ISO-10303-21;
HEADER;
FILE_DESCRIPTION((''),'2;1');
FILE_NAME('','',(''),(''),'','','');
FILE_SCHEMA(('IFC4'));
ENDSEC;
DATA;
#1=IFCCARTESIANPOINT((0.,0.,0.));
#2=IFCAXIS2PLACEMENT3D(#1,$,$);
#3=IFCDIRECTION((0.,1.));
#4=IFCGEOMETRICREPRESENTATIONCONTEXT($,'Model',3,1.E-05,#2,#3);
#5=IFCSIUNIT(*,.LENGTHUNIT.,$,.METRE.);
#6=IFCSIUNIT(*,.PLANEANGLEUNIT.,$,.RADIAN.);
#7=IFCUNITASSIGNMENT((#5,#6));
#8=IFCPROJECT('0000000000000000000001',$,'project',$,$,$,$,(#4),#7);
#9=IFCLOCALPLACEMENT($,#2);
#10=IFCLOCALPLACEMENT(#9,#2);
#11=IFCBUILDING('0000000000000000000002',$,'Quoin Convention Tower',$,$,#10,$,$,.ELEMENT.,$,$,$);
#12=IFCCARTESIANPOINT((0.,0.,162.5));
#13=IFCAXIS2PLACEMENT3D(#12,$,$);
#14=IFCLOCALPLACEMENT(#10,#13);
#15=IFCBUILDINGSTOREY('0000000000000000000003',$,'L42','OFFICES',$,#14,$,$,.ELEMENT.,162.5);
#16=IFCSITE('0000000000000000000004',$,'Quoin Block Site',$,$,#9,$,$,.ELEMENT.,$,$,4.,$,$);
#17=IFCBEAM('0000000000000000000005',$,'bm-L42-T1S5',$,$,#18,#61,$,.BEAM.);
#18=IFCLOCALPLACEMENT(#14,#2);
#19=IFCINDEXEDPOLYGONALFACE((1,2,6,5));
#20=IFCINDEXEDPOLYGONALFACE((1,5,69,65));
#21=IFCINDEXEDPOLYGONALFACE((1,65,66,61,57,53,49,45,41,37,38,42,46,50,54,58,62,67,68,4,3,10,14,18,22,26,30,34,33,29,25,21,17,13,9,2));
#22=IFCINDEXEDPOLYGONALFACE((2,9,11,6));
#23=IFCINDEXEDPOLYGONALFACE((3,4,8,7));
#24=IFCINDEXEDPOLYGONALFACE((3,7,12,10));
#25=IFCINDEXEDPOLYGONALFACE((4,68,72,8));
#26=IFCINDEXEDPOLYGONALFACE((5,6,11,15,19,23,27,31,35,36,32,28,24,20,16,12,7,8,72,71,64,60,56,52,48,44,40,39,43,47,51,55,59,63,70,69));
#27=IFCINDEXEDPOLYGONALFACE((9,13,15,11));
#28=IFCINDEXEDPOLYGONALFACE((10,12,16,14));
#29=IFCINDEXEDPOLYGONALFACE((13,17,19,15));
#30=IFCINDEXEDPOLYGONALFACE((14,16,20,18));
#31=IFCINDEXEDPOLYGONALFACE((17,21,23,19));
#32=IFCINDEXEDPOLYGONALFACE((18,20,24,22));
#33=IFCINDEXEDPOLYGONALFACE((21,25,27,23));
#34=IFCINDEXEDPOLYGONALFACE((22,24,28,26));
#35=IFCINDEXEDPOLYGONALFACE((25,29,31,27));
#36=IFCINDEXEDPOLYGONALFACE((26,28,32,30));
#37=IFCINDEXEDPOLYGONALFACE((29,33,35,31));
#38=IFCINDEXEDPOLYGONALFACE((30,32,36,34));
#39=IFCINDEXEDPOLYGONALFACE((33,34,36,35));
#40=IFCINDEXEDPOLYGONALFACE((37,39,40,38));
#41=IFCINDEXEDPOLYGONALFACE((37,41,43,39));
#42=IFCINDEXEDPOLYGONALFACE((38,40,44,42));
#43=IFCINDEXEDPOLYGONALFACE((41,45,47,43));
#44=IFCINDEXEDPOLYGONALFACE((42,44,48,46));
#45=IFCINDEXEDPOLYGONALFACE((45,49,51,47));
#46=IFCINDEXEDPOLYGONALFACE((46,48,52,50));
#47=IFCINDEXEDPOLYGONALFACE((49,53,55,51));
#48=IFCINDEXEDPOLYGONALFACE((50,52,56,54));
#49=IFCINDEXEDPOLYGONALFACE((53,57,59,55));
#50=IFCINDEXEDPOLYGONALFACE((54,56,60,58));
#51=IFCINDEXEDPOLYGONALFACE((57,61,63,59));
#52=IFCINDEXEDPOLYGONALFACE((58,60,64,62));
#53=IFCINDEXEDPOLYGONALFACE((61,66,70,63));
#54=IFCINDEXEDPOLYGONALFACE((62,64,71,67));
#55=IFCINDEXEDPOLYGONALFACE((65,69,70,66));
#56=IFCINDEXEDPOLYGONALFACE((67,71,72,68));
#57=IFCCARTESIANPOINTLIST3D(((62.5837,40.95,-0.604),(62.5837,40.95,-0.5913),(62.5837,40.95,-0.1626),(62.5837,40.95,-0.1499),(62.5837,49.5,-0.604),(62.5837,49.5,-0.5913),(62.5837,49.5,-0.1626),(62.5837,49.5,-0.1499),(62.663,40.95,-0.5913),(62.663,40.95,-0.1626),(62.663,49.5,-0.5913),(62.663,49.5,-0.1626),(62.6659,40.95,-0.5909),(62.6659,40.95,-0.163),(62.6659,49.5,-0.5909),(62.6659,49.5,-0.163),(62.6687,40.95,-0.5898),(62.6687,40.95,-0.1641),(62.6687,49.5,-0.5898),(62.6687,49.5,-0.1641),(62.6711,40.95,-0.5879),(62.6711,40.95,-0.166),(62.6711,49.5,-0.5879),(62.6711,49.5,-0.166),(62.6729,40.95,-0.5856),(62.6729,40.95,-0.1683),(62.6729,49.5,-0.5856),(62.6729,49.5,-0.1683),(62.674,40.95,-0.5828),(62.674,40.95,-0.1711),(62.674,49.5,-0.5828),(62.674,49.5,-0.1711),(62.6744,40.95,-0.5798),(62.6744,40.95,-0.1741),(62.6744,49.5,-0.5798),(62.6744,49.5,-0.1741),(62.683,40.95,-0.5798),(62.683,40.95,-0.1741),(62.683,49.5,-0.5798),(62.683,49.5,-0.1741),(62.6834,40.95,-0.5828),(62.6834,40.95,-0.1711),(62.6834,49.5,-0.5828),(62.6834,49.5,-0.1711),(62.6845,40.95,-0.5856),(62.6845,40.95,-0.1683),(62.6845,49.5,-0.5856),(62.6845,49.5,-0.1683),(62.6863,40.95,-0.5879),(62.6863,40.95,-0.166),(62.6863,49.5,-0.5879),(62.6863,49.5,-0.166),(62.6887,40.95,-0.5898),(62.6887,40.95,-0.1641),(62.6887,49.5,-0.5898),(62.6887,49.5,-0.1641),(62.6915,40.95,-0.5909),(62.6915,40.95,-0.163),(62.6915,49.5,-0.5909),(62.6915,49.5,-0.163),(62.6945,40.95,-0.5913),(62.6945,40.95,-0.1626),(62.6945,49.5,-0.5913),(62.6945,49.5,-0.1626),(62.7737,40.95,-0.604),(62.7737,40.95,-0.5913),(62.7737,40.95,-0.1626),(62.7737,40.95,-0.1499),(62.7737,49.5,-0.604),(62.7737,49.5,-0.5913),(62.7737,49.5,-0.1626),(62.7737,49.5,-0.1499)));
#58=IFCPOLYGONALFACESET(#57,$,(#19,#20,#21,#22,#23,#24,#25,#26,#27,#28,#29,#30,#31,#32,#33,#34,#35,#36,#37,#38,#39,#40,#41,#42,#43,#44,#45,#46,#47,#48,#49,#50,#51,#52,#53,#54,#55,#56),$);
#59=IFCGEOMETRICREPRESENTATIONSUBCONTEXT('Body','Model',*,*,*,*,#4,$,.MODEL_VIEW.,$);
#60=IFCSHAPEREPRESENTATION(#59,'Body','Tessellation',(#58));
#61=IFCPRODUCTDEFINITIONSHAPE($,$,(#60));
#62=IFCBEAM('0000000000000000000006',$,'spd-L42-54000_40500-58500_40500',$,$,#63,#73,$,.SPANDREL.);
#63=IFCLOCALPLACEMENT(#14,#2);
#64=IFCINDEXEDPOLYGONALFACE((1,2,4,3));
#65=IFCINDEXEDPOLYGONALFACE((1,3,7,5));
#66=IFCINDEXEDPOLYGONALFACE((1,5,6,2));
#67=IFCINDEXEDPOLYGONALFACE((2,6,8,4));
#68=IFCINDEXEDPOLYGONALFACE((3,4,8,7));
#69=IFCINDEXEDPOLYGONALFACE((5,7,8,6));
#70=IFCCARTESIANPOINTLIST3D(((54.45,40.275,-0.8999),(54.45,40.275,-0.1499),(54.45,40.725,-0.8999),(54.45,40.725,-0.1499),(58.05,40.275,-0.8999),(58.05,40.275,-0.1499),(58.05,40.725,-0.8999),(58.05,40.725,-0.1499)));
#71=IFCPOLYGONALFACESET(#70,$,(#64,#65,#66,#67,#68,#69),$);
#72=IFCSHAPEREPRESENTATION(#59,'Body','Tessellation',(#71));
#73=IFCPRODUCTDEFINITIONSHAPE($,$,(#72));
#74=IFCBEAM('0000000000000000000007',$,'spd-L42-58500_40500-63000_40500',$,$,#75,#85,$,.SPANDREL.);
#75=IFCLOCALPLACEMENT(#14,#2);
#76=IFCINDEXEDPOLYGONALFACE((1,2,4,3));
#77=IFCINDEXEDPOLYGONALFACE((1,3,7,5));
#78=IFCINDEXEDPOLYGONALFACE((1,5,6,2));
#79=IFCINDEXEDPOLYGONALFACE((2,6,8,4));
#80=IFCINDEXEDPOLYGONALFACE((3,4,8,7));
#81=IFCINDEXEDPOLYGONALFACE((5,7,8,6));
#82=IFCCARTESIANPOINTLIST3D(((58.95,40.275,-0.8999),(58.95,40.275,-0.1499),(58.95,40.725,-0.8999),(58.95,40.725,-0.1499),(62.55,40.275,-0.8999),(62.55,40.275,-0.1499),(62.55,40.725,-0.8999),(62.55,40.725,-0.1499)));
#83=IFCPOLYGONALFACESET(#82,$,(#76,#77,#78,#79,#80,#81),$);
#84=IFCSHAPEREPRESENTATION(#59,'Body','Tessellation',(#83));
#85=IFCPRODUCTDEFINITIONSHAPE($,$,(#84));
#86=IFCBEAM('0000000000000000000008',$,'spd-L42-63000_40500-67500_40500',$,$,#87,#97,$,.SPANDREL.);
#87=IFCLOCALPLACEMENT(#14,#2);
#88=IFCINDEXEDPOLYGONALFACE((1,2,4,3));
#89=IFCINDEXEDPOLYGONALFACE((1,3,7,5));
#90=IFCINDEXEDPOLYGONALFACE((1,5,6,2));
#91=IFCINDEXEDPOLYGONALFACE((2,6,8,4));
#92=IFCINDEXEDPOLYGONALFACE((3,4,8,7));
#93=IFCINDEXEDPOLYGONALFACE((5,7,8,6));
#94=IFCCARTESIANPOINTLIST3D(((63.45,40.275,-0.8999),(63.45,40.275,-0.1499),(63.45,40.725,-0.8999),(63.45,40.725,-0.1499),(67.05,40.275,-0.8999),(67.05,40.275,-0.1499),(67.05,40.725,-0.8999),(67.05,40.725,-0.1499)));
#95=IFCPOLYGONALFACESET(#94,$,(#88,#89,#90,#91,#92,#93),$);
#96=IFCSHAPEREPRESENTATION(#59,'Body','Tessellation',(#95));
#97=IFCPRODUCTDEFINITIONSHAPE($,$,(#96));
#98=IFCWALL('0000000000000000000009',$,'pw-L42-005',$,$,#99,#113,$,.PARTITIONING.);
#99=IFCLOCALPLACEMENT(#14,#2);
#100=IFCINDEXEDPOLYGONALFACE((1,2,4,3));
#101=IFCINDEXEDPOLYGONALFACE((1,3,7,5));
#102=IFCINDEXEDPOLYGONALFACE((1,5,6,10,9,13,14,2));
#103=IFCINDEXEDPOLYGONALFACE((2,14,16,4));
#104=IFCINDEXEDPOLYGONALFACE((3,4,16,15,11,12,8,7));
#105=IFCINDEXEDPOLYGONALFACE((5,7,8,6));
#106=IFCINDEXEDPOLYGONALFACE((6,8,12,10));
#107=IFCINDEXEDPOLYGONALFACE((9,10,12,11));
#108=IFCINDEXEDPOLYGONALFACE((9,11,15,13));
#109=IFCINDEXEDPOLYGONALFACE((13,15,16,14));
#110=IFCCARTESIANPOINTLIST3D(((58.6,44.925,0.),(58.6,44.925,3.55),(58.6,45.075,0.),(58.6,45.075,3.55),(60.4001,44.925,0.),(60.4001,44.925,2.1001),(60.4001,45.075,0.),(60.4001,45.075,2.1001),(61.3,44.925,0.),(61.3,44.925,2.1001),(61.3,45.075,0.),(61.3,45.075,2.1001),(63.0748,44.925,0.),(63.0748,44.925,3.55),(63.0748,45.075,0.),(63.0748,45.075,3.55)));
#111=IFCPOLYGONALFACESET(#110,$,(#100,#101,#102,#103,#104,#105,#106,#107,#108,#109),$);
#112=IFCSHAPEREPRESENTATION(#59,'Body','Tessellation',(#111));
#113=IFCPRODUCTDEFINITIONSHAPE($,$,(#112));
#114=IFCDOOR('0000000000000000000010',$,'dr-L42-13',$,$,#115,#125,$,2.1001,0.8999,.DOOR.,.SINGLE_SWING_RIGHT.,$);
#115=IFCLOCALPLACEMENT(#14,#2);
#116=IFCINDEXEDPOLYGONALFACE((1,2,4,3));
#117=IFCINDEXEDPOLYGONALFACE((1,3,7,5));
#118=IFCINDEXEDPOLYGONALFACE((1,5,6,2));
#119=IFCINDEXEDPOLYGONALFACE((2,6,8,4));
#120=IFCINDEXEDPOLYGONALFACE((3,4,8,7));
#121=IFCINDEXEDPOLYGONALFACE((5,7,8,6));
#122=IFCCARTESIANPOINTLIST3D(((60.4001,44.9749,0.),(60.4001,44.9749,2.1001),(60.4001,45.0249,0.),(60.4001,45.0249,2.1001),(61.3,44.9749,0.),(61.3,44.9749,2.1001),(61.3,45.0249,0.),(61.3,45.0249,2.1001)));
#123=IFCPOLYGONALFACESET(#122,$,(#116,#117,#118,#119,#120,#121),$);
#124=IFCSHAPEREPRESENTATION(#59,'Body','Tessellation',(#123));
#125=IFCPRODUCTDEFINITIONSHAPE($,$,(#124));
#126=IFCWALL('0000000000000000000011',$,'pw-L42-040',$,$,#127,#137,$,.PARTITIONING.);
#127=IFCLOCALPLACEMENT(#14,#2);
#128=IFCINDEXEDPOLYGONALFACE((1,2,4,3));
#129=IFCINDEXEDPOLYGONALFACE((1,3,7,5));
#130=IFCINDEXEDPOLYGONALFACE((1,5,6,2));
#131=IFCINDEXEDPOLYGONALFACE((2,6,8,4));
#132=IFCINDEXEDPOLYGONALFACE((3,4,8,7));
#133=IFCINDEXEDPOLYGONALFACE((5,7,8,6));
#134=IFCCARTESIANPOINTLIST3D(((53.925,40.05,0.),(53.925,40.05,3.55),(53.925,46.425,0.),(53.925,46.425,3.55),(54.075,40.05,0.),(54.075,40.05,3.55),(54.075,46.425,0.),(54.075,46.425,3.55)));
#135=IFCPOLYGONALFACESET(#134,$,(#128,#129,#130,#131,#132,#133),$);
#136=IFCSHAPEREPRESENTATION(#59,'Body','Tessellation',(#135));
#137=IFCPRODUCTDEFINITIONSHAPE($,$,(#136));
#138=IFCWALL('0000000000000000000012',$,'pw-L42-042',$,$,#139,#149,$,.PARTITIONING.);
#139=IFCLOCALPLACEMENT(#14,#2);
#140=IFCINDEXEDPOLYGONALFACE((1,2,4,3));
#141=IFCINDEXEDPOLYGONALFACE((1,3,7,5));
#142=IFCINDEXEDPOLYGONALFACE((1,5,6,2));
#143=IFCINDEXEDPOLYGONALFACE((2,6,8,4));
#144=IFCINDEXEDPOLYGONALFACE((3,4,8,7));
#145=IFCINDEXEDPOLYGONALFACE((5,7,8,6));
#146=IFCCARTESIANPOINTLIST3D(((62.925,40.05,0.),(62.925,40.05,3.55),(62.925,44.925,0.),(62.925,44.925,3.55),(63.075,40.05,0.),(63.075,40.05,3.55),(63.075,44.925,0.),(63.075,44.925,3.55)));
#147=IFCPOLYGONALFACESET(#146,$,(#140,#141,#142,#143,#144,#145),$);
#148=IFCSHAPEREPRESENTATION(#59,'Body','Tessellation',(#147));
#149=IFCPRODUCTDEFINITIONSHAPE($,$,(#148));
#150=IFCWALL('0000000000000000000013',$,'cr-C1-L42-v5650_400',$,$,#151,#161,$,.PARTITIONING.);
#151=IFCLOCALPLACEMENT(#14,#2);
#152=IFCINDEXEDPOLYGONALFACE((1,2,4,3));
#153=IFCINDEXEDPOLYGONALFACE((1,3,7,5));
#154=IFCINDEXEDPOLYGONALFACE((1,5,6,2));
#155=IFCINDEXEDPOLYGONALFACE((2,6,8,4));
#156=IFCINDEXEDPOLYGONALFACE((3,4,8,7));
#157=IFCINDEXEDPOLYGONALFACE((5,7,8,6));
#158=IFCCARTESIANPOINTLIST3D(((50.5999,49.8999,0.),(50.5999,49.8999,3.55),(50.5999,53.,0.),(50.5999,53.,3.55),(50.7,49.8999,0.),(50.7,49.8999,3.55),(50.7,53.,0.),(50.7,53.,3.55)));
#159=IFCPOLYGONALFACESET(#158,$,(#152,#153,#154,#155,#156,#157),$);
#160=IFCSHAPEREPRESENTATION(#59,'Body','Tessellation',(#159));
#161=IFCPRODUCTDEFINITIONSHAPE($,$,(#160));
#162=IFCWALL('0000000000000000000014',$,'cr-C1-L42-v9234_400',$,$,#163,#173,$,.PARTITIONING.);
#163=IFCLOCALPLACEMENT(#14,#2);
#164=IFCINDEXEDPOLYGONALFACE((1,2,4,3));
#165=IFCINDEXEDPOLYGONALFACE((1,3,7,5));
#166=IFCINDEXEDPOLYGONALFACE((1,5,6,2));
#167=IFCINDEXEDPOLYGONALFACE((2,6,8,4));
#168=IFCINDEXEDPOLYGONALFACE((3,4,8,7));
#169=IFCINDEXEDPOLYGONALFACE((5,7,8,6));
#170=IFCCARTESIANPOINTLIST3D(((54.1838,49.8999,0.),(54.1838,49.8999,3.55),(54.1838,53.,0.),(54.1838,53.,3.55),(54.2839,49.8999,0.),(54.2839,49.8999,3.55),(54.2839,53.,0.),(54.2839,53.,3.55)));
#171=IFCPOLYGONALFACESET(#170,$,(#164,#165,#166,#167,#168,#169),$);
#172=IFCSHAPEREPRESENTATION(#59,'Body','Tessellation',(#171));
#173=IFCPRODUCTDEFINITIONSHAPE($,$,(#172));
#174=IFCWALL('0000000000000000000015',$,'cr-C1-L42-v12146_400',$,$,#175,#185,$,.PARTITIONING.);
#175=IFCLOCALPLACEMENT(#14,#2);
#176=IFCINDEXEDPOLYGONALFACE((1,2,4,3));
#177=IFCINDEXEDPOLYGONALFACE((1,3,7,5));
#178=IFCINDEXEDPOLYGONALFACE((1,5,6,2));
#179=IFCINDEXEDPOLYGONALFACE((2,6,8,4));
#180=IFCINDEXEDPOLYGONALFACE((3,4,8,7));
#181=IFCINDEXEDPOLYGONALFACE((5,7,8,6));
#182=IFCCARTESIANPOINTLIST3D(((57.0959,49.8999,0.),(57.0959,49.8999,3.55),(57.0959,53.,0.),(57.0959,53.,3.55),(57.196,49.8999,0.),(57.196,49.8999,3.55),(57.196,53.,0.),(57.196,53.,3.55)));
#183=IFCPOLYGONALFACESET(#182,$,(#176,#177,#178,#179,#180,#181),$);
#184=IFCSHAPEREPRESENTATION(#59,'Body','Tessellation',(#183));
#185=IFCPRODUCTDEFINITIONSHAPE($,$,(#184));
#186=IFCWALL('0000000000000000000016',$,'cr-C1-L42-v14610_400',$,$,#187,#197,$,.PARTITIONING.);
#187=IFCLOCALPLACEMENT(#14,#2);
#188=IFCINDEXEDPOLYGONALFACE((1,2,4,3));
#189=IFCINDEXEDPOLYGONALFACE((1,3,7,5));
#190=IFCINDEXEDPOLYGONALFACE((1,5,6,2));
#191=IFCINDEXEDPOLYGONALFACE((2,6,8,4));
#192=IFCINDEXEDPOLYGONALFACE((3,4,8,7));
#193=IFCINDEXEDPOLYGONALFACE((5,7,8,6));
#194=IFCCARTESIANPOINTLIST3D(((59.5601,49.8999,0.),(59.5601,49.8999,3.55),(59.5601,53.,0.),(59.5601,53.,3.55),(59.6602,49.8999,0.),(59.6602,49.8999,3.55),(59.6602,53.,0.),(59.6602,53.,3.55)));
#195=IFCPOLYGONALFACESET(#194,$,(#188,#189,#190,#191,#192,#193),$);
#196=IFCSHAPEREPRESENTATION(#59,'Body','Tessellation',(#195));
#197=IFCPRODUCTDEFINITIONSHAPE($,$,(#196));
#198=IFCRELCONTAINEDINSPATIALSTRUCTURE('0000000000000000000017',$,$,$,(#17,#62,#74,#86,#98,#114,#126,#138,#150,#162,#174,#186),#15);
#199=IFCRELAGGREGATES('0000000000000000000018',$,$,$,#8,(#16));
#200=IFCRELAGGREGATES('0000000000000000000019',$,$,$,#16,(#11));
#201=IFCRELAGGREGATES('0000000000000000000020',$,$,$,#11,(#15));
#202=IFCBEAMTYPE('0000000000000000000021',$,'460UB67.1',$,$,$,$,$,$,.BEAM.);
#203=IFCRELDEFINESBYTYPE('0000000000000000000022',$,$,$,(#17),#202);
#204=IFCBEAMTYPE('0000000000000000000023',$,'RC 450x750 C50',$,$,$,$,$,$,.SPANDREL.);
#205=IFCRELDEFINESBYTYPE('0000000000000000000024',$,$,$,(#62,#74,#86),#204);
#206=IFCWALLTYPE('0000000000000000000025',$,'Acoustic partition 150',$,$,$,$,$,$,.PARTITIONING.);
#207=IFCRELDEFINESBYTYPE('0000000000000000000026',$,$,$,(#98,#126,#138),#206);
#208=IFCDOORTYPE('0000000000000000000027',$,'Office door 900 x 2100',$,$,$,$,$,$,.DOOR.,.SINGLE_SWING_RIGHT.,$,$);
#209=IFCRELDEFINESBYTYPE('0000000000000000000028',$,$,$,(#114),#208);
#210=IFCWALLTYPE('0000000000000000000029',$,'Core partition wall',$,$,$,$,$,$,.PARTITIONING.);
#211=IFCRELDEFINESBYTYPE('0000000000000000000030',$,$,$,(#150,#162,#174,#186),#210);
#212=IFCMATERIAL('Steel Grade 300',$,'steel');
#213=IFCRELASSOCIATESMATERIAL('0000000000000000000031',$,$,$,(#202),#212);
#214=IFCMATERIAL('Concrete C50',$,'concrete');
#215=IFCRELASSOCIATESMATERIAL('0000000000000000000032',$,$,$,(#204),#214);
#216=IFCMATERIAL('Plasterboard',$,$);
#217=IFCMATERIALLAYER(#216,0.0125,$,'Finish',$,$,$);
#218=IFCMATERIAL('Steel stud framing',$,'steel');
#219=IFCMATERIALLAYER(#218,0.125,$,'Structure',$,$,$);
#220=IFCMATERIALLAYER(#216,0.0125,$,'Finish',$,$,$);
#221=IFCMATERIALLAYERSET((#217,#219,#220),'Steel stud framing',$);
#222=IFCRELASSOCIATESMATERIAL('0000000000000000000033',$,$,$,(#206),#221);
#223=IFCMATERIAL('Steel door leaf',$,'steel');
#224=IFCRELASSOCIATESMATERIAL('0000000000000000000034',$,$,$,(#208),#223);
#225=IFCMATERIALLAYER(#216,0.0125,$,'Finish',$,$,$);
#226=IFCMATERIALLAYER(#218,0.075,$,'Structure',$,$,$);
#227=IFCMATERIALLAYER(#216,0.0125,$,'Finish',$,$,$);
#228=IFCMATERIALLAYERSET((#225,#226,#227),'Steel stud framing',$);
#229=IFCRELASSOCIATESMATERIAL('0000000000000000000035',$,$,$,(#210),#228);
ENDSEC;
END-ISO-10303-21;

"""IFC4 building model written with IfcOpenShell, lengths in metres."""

from ifc_helpers import new_model, si_unit, direction, frame, frame_2d, origin, origin_2d, place, context, subcontext, project, spatial, rectangle, i_section, extrude, material, layer, layer_set, material_profile, profile_set, type_object, element, fill, save


model = new_model("IFC4")

# Units and contexts
model_context = context("Model", 3, precision=1e-05, world=origin(), true_north=direction((0.0, 1.0)))
body_context = subcontext(model_context, "Body", "Model", "MODEL_VIEW")
ifc_project = project(units=[si_unit("LENGTHUNIT", "METRE"), si_unit("PLANEANGLEUNIT", "RADIAN")], contexts=[model_context])

# Site, building, storey
site_placement = place(None, origin())
site = spatial("IfcSite", under=ifc_project, at=site_placement, Name="Quoin Block Site", CompositionType="ELEMENT", RefElevation=4.0)
building_placement = place(site_placement, origin())
building = spatial("IfcBuilding", under=site, at=building_placement, Name="Quoin Convention Tower", CompositionType="ELEMENT")
storey_placement = place(building_placement, frame((0.0, 0.0, 162.5)))
storey = spatial("IfcBuildingStorey", under=building, at=storey_placement, Name="L42", Description="OFFICES", CompositionType="ELEMENT", Elevation=162.5)

# Shared definitions
ifc_material_1 = material(Name="Concrete C50", Category="concrete")

# Beams
ifc_material_2 = material(Name="Steel Grade 300", Category="steel")
ifc_material_profile_1 = material_profile(ifc_material_2, i_section(OverallWidth=0.1899, OverallDepth=0.4541, WebThickness=0.0085, FlangeThickness=0.0127, FilletRadius=0.0115, at=origin_2d()), Name="460UB67.1")
ifc_profile_set_1 = profile_set([ifc_material_profile_1], Name="Steel Grade 300")
beam_type_1 = type_object("IfcBeamType", Name="460UB67.1", PredefinedType="BEAM", material=ifc_profile_set_1)
beam_placement = place(storey_placement, frame((62.6787, 40.95, -0.377), z_axis=(0.0, 1.0, 0.0), x_axis=(-1.0, 0.0, 0.0)))
element("IfcBeam", 1, at=beam_placement, inside=storey, type_object=beam_type_1, Name="bm-L42-T1S5", PredefinedType="BEAM", context=body_context, shape_type="SweptSolid", body=[
    extrude(i_section(OverallWidth=0.1899, OverallDepth=0.4541, WebThickness=0.0085, FlangeThickness=0.0127, FilletRadius=0.0115, at=origin_2d()), origin(), (0.0, 0.0, 1.0), 8.55),
])
ifc_material_profile_2 = material_profile(ifc_material_1, rectangle(XDim=0.45, YDim=0.75, at=origin_2d()), Name="RC 450x750")
ifc_profile_set_2 = profile_set([ifc_material_profile_2], Name="Concrete C50")
beam_type_2 = type_object("IfcBeamType", Name="RC 450x750 C50", PredefinedType="SPANDREL", material=ifc_profile_set_2)
for number, where, z_axis, x_axis, name in (
    (2, (54.45, 40.5, -0.5249), (1.0, 0.0, 0.0), (0.0, 1.0, 0.0), "spd-L42-54000_40500-58500_40500"),
    (3, (58.95, 40.5, -0.5249), (1.0, 0.0, 0.0), (0.0, 1.0, 0.0), "spd-L42-58500_40500-63000_40500"),
    (4, (63.45, 40.5, -0.5249), (1.0, 0.0, 0.0), (0.0, 1.0, 0.0), "spd-L42-63000_40500-67500_40500"),
):
    element("IfcBeam", number, at=place(storey_placement, frame(where, z_axis=z_axis, x_axis=x_axis)), inside=storey, type_object=beam_type_2, Name=name, PredefinedType="SPANDREL", context=body_context, shape_type="SweptSolid", body=[
        extrude(rectangle(XDim=0.45, YDim=0.75, at=origin_2d()), origin(), (0.0, 0.0, 1.0), 3.6001),
    ])

# Wall, opening, door
ifc_material_3 = material(Name="Plasterboard")
ifc_layer_1 = layer(ifc_material_3, 0.0125, Name="Finish")
ifc_material_4 = material(Name="Steel stud framing", Category="steel")
ifc_layer_2 = layer(ifc_material_4, 0.125, Name="Structure")
ifc_layer_3 = layer(ifc_material_3, 0.0125, Name="Finish")
ifc_layer_set_1 = layer_set([ifc_layer_1, ifc_layer_2, ifc_layer_3], Name="Steel stud framing")
wall_type_1 = type_object("IfcWallType", Name="Acoustic partition 150", PredefinedType="PARTITIONING", material=ifc_layer_set_1)
wall_1_placement = place(storey_placement, frame((58.6001, 45.0, 0.0), z_axis=(0.0, 0.0, 1.0), x_axis=(1.0, 0.0, 0.0)))
wall_1 = element("IfcWall", 5, at=wall_1_placement, inside=storey, type_object=wall_type_1, Name="pw-L42-005", PredefinedType="PARTITIONING", context=body_context, shape_type="SweptSolid", body=[
    extrude(rectangle(XDim=4.4749, YDim=0.1499, at=frame_2d((2.2373, 0.0))), origin(), (0.0, 0.0, 1.0), 3.55),
])
opening_placement = place(wall_1_placement, frame((1.8, 0.0, 0.0)))
opening = element("IfcOpeningElement", 6, at=opening_placement, cuts=wall_1, PredefinedType="OPENING", context=body_context, shape_type="SweptSolid", body=[
    extrude(rectangle(XDim=0.8999, YDim=2.1001, at=frame_2d((0.45, 1.05))), frame((0.0, 0.085, 0.0), z_axis=(0.0, -1.0, 0.0), x_axis=(1.0, 0.0, 0.0)), (0.0, 0.0, 1.0), 0.1699),
])
ifc_material_5 = material(Name="Steel door leaf", Category="steel")
door_type = type_object("IfcDoorType", Name="Office door 900 x 2100", OperationType="SINGLE_SWING_RIGHT", PredefinedType="DOOR", material=ifc_material_5)
door_placement = place(opening_placement, origin())
door = element("IfcDoor", 7, at=door_placement, inside=storey, type_object=door_type, Name="dr-L42-13", OperationType="SINGLE_SWING_RIGHT", OverallHeight=2.1001, OverallWidth=0.8999, PredefinedType="DOOR", context=body_context, shape_type="SweptSolid", body=[
    extrude(rectangle(XDim=0.8999, YDim=2.1001, at=frame_2d((0.45, 1.05))), frame((0.0, 0.0249, 0.0), z_axis=(0.0, -1.0, 0.0), x_axis=(1.0, 0.0, 0.0)), (0.0, 0.0, 1.0), 0.05),
])
fill(opening, door)

# Walls
wall_2_placement = place(storey_placement, frame((54.0, 40.05, 0.0), z_axis=(0.0, 0.0, 1.0), x_axis=(0.0, 1.0, 0.0)))
element("IfcWall", 8, at=wall_2_placement, inside=storey, type_object=wall_type_1, Name="pw-L42-040", PredefinedType="PARTITIONING", context=body_context, shape_type="SweptSolid", body=[
    extrude(rectangle(XDim=6.375, YDim=0.1499, at=frame_2d((3.1875, 0.0))), origin(), (0.0, 0.0, 1.0), 3.55),
])
wall_3_placement = place(storey_placement, frame((63.0, 40.05, 0.0), z_axis=(0.0, 0.0, 1.0), x_axis=(0.0, 1.0, 0.0)))
element("IfcWall", 9, at=wall_3_placement, inside=storey, type_object=wall_type_1, Name="pw-L42-042", PredefinedType="PARTITIONING", context=body_context, shape_type="SweptSolid", body=[
    extrude(rectangle(XDim=4.875, YDim=0.1499, at=frame_2d((2.4375, 0.0))), origin(), (0.0, 0.0, 1.0), 3.55),
])
ifc_layer_4 = layer(ifc_material_3, 0.0125, Name="Finish")
ifc_layer_5 = layer(ifc_material_4, 0.075, Name="Structure")
ifc_layer_6 = layer(ifc_material_3, 0.0125, Name="Finish")
ifc_layer_set_2 = layer_set([ifc_layer_4, ifc_layer_5, ifc_layer_6], Name="Steel stud framing")
wall_type_2 = type_object("IfcWallType", Name="Core partition wall", PredefinedType="PARTITIONING", material=ifc_layer_set_2)
for number, where, z_axis, x_axis, name in (
    (10, (50.6499, 49.8999, 0.0), (0.0, 0.0, 1.0), (0.0, 1.0, 0.0), "cr-C1-L42-v5650_400"),
    (11, (54.2339, 49.8999, 0.0), (0.0, 0.0, 1.0), (0.0, 1.0, 0.0), "cr-C1-L42-v9234_400"),
    (12, (57.146, 49.8999, 0.0), (0.0, 0.0, 1.0), (0.0, 1.0, 0.0), "cr-C1-L42-v12146_400"),
    (13, (59.6101, 49.8999, 0.0), (0.0, 0.0, 1.0), (0.0, 1.0, 0.0), "cr-C1-L42-v14610_400"),
):
    element("IfcWall", number, at=place(storey_placement, frame(where, z_axis=z_axis, x_axis=x_axis)), inside=storey, type_object=wall_type_2, Name=name, PredefinedType="PARTITIONING", context=body_context, shape_type="SweptSolid", body=[
        extrude(rectangle(XDim=3.1001, YDim=0.1001, at=frame_2d((1.55, 0.0))), origin(), (0.0, 0.0, 1.0), 3.55),
    ])

save(model, "model.ifc")
